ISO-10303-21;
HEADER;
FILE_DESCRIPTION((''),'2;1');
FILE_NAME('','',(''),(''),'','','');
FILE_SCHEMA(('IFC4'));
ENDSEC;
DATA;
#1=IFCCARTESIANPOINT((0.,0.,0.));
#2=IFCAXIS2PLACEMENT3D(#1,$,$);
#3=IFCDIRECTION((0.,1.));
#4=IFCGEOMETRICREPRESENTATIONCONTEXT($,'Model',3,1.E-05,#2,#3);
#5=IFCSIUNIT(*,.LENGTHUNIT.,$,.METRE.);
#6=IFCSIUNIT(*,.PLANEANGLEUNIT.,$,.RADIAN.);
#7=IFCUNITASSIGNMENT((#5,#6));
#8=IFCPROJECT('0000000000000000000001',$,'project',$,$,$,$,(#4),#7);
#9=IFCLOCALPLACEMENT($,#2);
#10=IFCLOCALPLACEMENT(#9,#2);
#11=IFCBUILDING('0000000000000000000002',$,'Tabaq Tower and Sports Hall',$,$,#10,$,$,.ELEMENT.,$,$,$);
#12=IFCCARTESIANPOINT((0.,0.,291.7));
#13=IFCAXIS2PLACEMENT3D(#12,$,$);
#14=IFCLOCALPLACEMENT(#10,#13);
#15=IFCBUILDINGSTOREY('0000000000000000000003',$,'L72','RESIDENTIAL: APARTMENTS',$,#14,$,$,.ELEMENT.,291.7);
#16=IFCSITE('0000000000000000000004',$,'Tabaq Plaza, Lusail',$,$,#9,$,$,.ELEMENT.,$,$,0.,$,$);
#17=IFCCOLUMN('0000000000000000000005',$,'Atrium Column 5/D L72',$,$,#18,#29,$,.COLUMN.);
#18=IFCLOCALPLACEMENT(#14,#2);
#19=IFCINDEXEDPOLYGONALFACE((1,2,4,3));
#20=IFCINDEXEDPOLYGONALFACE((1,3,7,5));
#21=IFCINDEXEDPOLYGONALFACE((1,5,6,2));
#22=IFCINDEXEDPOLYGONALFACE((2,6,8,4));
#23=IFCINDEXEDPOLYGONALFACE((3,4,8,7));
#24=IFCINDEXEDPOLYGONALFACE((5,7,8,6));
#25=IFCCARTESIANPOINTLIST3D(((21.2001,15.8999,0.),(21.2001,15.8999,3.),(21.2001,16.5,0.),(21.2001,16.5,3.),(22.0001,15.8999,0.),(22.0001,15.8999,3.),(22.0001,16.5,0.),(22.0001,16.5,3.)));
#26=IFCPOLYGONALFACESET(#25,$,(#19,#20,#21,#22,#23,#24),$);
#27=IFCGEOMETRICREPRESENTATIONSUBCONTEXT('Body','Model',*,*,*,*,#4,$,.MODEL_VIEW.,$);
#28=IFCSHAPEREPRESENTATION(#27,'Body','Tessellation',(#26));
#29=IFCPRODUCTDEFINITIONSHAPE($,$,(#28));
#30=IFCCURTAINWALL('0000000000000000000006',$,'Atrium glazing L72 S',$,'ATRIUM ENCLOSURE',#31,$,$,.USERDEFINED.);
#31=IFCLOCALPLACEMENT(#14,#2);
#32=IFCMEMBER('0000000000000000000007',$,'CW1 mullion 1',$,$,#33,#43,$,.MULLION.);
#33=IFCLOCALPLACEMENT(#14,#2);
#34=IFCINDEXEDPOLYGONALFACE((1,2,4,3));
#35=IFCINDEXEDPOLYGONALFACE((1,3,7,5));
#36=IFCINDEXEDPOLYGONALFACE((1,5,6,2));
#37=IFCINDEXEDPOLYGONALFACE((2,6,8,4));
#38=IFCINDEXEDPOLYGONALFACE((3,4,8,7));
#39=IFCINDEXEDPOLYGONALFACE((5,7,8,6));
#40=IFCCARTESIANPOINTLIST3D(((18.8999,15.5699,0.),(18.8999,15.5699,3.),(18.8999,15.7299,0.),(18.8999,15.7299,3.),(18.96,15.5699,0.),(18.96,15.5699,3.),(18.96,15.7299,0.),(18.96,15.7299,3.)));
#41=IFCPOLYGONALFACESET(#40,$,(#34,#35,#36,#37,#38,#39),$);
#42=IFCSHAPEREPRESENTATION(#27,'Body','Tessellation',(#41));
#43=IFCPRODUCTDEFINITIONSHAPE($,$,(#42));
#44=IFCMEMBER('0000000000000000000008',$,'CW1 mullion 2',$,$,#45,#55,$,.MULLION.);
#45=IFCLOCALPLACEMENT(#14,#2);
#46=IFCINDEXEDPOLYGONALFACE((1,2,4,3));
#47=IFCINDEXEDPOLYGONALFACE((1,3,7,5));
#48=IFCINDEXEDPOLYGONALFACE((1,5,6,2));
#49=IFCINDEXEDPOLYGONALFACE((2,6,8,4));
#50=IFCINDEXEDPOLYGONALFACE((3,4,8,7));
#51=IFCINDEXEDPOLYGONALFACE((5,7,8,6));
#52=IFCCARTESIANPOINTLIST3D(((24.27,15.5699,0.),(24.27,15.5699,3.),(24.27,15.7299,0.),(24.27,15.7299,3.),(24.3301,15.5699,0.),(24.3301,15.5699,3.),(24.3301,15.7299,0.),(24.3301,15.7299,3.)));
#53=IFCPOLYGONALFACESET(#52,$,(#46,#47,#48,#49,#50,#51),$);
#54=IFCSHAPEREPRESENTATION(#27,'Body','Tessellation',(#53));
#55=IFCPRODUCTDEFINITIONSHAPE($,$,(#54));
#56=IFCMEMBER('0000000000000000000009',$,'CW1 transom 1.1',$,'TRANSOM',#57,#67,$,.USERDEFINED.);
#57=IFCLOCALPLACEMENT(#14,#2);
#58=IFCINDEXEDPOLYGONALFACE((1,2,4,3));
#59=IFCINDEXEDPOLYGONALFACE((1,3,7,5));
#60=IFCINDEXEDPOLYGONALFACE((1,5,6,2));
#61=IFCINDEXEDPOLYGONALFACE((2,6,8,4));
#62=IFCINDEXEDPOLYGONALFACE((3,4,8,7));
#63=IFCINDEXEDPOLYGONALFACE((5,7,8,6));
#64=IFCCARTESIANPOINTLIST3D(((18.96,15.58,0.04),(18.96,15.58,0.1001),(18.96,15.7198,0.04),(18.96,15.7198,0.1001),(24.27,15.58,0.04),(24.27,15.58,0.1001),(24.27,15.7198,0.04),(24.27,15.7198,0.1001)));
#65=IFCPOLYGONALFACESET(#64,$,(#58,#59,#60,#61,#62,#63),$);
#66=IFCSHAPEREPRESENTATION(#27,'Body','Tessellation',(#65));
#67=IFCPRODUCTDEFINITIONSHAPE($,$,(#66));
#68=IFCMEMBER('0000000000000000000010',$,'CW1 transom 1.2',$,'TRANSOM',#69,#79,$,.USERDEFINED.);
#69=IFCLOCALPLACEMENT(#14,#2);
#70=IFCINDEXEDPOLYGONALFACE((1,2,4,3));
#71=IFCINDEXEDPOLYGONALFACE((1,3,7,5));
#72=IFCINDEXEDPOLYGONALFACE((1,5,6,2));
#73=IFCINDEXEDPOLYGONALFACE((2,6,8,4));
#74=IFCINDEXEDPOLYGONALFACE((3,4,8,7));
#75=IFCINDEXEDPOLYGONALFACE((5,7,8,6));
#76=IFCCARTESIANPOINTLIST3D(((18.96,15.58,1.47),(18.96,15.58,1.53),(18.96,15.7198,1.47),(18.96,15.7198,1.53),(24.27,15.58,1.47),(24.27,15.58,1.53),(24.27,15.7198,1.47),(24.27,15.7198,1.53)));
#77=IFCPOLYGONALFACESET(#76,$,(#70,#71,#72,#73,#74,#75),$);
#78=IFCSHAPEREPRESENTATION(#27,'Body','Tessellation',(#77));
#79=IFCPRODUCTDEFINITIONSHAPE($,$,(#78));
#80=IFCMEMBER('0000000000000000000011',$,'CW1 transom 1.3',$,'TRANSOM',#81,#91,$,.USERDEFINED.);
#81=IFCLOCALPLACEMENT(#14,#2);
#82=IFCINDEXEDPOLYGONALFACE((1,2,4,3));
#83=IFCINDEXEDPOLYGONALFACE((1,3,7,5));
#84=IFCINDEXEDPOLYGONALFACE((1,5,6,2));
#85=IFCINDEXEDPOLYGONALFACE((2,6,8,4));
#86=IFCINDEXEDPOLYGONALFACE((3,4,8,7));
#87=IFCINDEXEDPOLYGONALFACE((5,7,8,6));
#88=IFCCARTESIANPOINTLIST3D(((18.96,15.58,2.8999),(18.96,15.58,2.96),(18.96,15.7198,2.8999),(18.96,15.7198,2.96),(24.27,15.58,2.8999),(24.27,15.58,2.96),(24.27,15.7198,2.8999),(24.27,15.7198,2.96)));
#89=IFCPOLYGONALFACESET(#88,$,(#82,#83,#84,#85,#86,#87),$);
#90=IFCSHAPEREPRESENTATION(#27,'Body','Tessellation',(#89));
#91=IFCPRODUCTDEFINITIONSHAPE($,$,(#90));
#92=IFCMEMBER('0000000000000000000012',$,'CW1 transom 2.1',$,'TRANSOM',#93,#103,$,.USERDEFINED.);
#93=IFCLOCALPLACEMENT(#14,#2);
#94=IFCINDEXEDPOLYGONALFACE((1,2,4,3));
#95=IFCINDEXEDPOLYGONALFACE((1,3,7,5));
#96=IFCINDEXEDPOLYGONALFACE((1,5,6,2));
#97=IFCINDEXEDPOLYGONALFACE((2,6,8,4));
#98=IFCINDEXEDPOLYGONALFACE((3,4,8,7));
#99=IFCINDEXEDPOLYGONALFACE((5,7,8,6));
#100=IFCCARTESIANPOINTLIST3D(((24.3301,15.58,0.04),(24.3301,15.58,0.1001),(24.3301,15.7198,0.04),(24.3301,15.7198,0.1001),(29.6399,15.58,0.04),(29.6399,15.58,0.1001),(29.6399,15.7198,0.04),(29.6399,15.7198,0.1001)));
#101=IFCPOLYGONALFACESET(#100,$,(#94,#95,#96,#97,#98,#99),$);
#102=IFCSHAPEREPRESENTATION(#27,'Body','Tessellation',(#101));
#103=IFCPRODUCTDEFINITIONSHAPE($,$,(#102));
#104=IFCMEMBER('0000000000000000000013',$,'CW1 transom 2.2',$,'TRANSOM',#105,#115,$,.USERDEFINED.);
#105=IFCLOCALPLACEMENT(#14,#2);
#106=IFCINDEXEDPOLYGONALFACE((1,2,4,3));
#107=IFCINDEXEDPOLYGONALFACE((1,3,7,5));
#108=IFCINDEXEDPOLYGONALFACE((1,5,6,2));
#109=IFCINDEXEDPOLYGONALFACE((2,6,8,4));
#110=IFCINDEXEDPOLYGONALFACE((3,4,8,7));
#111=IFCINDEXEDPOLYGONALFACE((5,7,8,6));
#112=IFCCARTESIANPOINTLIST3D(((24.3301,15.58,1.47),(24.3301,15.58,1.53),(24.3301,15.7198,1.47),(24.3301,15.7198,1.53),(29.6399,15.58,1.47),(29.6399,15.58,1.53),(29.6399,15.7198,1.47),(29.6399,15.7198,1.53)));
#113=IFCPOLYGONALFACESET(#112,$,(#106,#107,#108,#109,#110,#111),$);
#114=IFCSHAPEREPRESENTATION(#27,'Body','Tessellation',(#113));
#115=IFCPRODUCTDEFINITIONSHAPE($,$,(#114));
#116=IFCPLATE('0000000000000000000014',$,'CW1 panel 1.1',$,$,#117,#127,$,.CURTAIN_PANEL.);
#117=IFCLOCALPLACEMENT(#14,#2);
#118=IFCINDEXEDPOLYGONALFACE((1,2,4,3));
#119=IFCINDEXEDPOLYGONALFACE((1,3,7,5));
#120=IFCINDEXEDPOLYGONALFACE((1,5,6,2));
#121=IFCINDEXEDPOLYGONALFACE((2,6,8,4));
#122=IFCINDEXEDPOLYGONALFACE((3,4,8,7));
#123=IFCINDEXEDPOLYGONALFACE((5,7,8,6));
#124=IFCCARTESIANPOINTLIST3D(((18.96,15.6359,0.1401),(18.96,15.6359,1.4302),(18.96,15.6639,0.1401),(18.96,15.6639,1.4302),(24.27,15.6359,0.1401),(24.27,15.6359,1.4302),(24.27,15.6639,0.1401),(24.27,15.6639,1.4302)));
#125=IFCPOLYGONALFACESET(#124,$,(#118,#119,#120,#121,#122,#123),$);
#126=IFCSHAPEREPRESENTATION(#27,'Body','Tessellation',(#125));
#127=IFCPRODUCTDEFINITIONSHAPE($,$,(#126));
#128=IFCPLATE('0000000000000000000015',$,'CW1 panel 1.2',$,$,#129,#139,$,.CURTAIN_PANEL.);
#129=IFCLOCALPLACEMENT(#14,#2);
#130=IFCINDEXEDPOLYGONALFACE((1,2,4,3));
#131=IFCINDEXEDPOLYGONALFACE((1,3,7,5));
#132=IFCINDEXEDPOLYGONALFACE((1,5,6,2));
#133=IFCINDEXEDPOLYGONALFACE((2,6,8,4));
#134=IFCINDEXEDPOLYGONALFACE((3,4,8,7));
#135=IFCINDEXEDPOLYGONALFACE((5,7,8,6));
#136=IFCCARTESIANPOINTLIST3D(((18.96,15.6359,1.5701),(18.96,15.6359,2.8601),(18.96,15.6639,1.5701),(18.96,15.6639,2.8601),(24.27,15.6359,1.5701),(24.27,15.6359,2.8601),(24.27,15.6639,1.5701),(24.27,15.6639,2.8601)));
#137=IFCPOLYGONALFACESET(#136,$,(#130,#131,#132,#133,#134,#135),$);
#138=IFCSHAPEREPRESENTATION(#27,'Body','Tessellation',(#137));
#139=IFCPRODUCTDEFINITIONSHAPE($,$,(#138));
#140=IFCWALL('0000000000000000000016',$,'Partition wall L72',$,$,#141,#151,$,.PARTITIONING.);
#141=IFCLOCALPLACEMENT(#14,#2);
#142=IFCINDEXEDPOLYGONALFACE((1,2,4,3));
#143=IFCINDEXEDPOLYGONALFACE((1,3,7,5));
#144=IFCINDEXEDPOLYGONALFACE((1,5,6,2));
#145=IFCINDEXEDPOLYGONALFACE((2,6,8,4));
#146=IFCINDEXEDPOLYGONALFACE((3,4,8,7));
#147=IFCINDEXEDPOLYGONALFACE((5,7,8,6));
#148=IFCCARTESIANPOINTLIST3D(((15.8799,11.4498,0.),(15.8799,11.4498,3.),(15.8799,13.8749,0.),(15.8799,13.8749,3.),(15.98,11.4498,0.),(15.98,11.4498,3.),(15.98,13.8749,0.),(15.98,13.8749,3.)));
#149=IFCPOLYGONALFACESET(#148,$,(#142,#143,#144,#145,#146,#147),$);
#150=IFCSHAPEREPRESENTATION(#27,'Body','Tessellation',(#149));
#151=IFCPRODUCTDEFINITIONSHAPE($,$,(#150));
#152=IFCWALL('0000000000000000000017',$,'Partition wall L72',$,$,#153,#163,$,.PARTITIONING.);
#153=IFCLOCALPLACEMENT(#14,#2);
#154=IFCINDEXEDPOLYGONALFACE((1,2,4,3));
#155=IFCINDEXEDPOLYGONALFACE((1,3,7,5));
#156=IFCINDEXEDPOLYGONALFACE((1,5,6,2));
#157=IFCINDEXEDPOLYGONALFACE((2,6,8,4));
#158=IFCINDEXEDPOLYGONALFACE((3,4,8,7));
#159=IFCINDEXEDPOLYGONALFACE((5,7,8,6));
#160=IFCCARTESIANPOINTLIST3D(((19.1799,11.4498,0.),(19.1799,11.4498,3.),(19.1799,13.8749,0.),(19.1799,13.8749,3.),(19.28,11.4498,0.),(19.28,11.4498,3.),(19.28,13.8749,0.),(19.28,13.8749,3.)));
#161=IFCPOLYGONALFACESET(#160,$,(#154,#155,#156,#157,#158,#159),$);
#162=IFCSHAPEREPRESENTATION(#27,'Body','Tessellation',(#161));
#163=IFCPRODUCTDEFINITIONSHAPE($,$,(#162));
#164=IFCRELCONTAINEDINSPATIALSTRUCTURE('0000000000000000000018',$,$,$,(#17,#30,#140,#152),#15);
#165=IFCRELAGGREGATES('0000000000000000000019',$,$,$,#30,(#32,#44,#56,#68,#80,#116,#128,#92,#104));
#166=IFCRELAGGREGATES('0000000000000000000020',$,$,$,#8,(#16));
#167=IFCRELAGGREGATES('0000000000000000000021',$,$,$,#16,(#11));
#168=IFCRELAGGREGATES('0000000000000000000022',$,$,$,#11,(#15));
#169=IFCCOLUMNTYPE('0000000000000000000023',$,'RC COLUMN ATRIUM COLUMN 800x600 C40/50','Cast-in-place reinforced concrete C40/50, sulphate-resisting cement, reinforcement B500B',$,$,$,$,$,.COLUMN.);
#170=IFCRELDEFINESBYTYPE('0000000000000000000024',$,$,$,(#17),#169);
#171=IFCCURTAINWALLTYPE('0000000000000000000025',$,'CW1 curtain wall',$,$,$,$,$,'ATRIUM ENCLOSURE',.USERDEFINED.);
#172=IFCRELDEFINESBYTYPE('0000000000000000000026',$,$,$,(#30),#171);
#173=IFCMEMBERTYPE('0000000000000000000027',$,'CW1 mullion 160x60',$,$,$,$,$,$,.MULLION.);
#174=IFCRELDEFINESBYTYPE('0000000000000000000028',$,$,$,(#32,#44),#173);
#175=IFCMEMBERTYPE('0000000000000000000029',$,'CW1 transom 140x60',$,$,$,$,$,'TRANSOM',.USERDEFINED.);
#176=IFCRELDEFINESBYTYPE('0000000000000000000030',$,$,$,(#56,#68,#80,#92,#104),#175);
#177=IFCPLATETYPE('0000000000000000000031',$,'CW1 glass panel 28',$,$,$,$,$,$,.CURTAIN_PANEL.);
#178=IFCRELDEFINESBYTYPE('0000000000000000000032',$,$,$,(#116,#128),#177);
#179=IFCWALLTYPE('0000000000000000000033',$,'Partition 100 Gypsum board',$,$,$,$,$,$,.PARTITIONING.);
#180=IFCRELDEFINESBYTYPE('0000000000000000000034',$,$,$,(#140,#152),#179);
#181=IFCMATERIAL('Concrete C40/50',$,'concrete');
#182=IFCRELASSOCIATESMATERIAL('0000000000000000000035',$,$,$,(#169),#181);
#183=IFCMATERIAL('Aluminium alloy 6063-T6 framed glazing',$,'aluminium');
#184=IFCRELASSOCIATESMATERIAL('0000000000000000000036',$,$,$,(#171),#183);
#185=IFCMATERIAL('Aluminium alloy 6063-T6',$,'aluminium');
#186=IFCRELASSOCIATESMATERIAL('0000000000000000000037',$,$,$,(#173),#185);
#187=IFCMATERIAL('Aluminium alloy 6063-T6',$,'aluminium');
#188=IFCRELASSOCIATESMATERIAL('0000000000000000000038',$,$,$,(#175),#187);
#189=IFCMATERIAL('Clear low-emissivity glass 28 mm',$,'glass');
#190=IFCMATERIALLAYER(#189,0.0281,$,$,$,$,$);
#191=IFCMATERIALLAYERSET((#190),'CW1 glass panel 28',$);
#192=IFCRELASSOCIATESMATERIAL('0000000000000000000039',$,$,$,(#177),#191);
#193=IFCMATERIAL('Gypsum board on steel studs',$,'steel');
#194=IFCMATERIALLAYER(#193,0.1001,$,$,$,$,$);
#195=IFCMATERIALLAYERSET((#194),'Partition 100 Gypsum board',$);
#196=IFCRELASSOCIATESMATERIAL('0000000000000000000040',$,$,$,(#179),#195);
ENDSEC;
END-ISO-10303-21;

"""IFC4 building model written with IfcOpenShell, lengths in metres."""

from ifc_helpers import new_model, si_unit, direction, frame, frame_2d, origin, origin_2d, place, context, subcontext, project, spatial, rectangle, extrude, material, layer, layer_set, material_profile, profile_set, type_object, element, aggregate, save


model = new_model("IFC4")

# Units and contexts
model_context = context("Model", 3, precision=1e-05, world=origin(), true_north=direction((0.0, 1.0)))
body_context = subcontext(model_context, "Body", "Model", "MODEL_VIEW")
ifc_project = project(units=[si_unit("LENGTHUNIT", "METRE"), si_unit("PLANEANGLEUNIT", "RADIAN")], contexts=[model_context])

# Site, building, storey
site_placement = place(None, origin())
site = spatial("IfcSite", under=ifc_project, at=site_placement, Name="Tabaq Plaza, Lusail", CompositionType="ELEMENT", RefElevation=0.0)
building_placement = place(site_placement, origin())
building = spatial("IfcBuilding", under=site, at=building_placement, Name="Tabaq Tower and Sports Hall", CompositionType="ELEMENT")
storey_placement = place(building_placement, frame((0.0, 0.0, 291.7)))
storey = spatial("IfcBuildingStorey", under=building, at=storey_placement, Name="L72", Description="RESIDENTIAL: APARTMENTS", CompositionType="ELEMENT", Elevation=291.7)

# Column
ifc_material_1 = material(Name="Concrete C40/50", Category="concrete")
ifc_material_profile_1 = material_profile(ifc_material_1, rectangle(XDim=0.8, YDim=0.6001, at=origin_2d()), Name="ATRIUM COLUMN 800x600")
ifc_profile_set_1 = profile_set([ifc_material_profile_1], Name="Concrete C40/50")
column_type = type_object("IfcColumnType", Name="RC COLUMN ATRIUM COLUMN 800x600 C40/50", Description="Cast-in-place reinforced concrete C40/50, sulphate-resisting cement, reinforcement B500B", PredefinedType="COLUMN", material=ifc_profile_set_1)
column_placement = place(storey_placement, frame((21.6001, 16.2, 0.0), z_axis=(0.0, 0.0, 1.0), x_axis=(1.0, 0.0, 0.0)))
element("IfcColumn", 1, at=column_placement, inside=storey, type_object=column_type, Name="Atrium Column 5/D L72", PredefinedType="COLUMN", context=body_context, shape_type="SweptSolid", body=[
    extrude(rectangle(XDim=0.8, YDim=0.6001, at=origin_2d()), origin(), (0.0, 0.0, 1.0), 3.0),
])

# Curtain wall, members, plates
ifc_material_2 = material(Name="Aluminium alloy 6063-T6 framed glazing", Category="aluminium")
curtain_wall_type = type_object("IfcCurtainWallType", Name="CW1 curtain wall", ElementType="ATRIUM ENCLOSURE", PredefinedType="USERDEFINED", material=ifc_material_2)
curtain_wall_placement = place(storey_placement, origin())
curtain_wall = element("IfcCurtainWall", 2, at=curtain_wall_placement, inside=storey, type_object=curtain_wall_type, Name="Atrium glazing L72 S", ObjectType="ATRIUM ENCLOSURE", PredefinedType="USERDEFINED")
ifc_material_3 = material(Name="Aluminium alloy 6063-T6", Category="aluminium")
ifc_material_profile_2 = material_profile(ifc_material_3, rectangle(XDim=0.1599, YDim=0.0601, at=origin_2d()), Name="MULLION 160x60")
ifc_profile_set_2 = profile_set([ifc_material_profile_2], Name="Aluminium alloy 6063-T6")
member_type_1 = type_object("IfcMemberType", Name="CW1 mullion 160x60", PredefinedType="MULLION", material=ifc_profile_set_2)
member_1_placement = place(storey_placement, frame((18.9299, 15.6499, 0.0), z_axis=(0.0, 0.0, 1.0), x_axis=(0.0, 1.0, 0.0)))
member_1 = element("IfcMember", 3, at=member_1_placement, type_object=member_type_1, Name="CW1 mullion 1", PredefinedType="MULLION", context=body_context, shape_type="SweptSolid", body=[
    extrude(rectangle(XDim=0.1599, YDim=0.0601, at=origin_2d()), origin(), (0.0, 0.0, 1.0), 3.0),
])
member_2_placement = place(storey_placement, frame((24.3, 15.6499, 0.0), z_axis=(0.0, 0.0, 1.0), x_axis=(0.0, 1.0, 0.0)))
member_2 = element("IfcMember", 4, at=member_2_placement, type_object=member_type_1, Name="CW1 mullion 2", PredefinedType="MULLION", context=body_context, shape_type="SweptSolid", body=[
    extrude(rectangle(XDim=0.1599, YDim=0.0601, at=origin_2d()), origin(), (0.0, 0.0, 1.0), 3.0),
])
ifc_material_4 = material(Name="Aluminium alloy 6063-T6", Category="aluminium")
ifc_material_profile_3 = material_profile(ifc_material_4, rectangle(XDim=0.1399, YDim=0.0601, at=origin_2d()), Name="TRANSOM 140x60")
ifc_profile_set_3 = profile_set([ifc_material_profile_3], Name="Aluminium alloy 6063-T6")
member_type_2 = type_object("IfcMemberType", Name="CW1 transom 140x60", ElementType="TRANSOM", PredefinedType="USERDEFINED", material=ifc_profile_set_3)
member_3_placement = place(storey_placement, frame((18.96, 15.6499, 0.0701), z_axis=(1.0, 0.0, 0.0), x_axis=(0.0, 1.0, 0.0)))
member_3 = element("IfcMember", 5, at=member_3_placement, type_object=member_type_2, Name="CW1 transom 1.1", ObjectType="TRANSOM", PredefinedType="USERDEFINED", context=body_context, shape_type="SweptSolid", body=[
    extrude(rectangle(XDim=0.1399, YDim=0.0601, at=origin_2d()), origin(), (0.0, 0.0, 1.0), 5.3101),
])
member_4_placement = place(storey_placement, frame((18.96, 15.6499, 1.5), z_axis=(1.0, 0.0, 0.0), x_axis=(0.0, 1.0, 0.0)))
member_4 = element("IfcMember", 6, at=member_4_placement, type_object=member_type_2, Name="CW1 transom 1.2", ObjectType="TRANSOM", PredefinedType="USERDEFINED", context=body_context, shape_type="SweptSolid", body=[
    extrude(rectangle(XDim=0.1399, YDim=0.0601, at=origin_2d()), origin(), (0.0, 0.0, 1.0), 5.3101),
])
member_5_placement = place(storey_placement, frame((18.96, 15.6499, 2.9299), z_axis=(1.0, 0.0, 0.0), x_axis=(0.0, 1.0, 0.0)))
member_5 = element("IfcMember", 7, at=member_5_placement, type_object=member_type_2, Name="CW1 transom 1.3", ObjectType="TRANSOM", PredefinedType="USERDEFINED", context=body_context, shape_type="SweptSolid", body=[
    extrude(rectangle(XDim=0.1399, YDim=0.0601, at=origin_2d()), origin(), (0.0, 0.0, 1.0), 5.3101),
])
member_6_placement = place(storey_placement, frame((24.3301, 15.6499, 0.0701), z_axis=(1.0, 0.0, 0.0), x_axis=(0.0, 1.0, 0.0)))
member_6 = element("IfcMember", 8, at=member_6_placement, type_object=member_type_2, Name="CW1 transom 2.1", ObjectType="TRANSOM", PredefinedType="USERDEFINED", context=body_context, shape_type="SweptSolid", body=[
    extrude(rectangle(XDim=0.1399, YDim=0.0601, at=origin_2d()), origin(), (0.0, 0.0, 1.0), 5.3098),
])
member_7_placement = place(storey_placement, frame((24.3301, 15.6499, 1.5), z_axis=(1.0, 0.0, 0.0), x_axis=(0.0, 1.0, 0.0)))
member_7 = element("IfcMember", 9, at=member_7_placement, type_object=member_type_2, Name="CW1 transom 2.2", ObjectType="TRANSOM", PredefinedType="USERDEFINED", context=body_context, shape_type="SweptSolid", body=[
    extrude(rectangle(XDim=0.1399, YDim=0.0601, at=origin_2d()), origin(), (0.0, 0.0, 1.0), 5.3098),
])
ifc_material_5 = material(Name="Clear low-emissivity glass 28 mm", Category="glass")
ifc_layer_1 = layer(ifc_material_5, 0.0281)
ifc_layer_set_1 = layer_set([ifc_layer_1], Name="CW1 glass panel 28")
plate_type = type_object("IfcPlateType", Name="CW1 glass panel 28", PredefinedType="CURTAIN_PANEL", material=ifc_layer_set_1)
plate_1_placement = place(storey_placement, frame((21.615, 15.6499, 0.1401), z_axis=(0.0, 0.0, 1.0), x_axis=(1.0, 0.0, 0.0)))
plate_1 = element("IfcPlate", 10, at=plate_1_placement, type_object=plate_type, Name="CW1 panel 1.1", PredefinedType="CURTAIN_PANEL", context=body_context, shape_type="SweptSolid", body=[
    extrude(rectangle(XDim=5.3101, YDim=0.0281, at=origin_2d()), origin(), (0.0, 0.0, 1.0), 1.29),
])
plate_2_placement = place(storey_placement, frame((21.615, 15.6499, 1.5701), z_axis=(0.0, 0.0, 1.0), x_axis=(1.0, 0.0, 0.0)))
plate_2 = element("IfcPlate", 11, at=plate_2_placement, type_object=plate_type, Name="CW1 panel 1.2", PredefinedType="CURTAIN_PANEL", context=body_context, shape_type="SweptSolid", body=[
    extrude(rectangle(XDim=5.3101, YDim=0.0281, at=origin_2d()), origin(), (0.0, 0.0, 1.0), 1.29),
])
aggregate(curtain_wall, [member_1, member_2, member_3, member_4, member_5, plate_1, plate_2, member_6, member_7])

# Walls
ifc_material_6 = material(Name="Gypsum board on steel studs", Category="steel")
ifc_layer_2 = layer(ifc_material_6, 0.1001)
ifc_layer_set_2 = layer_set([ifc_layer_2], Name="Partition 100 Gypsum board")
wall_type_1 = type_object("IfcWallType", Name="Partition 100 Gypsum board", PredefinedType="PARTITIONING", material=ifc_layer_set_2)
for number, where, z_axis, x_axis, name in (
    (12, (15.9299, 11.45, 0.0), (0.0, 0.0, 1.0), (0.0, 1.0, 0.0), "Partition wall L72"),
    (13, (19.23, 11.45, 0.0), (0.0, 0.0, 1.0), (0.0, 1.0, 0.0), "Partition wall L72"),
):
    element("IfcWall", number, at=place(storey_placement, frame(where, z_axis=z_axis, x_axis=x_axis)), inside=storey, type_object=wall_type_1, Name=name, PredefinedType="PARTITIONING", context=body_context, shape_type="SweptSolid", body=[
        extrude(rectangle(XDim=2.425, YDim=0.1001, at=frame_2d((1.2124, 0.0))), origin(), (0.0, 0.0, 1.0), 3.0),
    ])

save(model, "model.ifc")
